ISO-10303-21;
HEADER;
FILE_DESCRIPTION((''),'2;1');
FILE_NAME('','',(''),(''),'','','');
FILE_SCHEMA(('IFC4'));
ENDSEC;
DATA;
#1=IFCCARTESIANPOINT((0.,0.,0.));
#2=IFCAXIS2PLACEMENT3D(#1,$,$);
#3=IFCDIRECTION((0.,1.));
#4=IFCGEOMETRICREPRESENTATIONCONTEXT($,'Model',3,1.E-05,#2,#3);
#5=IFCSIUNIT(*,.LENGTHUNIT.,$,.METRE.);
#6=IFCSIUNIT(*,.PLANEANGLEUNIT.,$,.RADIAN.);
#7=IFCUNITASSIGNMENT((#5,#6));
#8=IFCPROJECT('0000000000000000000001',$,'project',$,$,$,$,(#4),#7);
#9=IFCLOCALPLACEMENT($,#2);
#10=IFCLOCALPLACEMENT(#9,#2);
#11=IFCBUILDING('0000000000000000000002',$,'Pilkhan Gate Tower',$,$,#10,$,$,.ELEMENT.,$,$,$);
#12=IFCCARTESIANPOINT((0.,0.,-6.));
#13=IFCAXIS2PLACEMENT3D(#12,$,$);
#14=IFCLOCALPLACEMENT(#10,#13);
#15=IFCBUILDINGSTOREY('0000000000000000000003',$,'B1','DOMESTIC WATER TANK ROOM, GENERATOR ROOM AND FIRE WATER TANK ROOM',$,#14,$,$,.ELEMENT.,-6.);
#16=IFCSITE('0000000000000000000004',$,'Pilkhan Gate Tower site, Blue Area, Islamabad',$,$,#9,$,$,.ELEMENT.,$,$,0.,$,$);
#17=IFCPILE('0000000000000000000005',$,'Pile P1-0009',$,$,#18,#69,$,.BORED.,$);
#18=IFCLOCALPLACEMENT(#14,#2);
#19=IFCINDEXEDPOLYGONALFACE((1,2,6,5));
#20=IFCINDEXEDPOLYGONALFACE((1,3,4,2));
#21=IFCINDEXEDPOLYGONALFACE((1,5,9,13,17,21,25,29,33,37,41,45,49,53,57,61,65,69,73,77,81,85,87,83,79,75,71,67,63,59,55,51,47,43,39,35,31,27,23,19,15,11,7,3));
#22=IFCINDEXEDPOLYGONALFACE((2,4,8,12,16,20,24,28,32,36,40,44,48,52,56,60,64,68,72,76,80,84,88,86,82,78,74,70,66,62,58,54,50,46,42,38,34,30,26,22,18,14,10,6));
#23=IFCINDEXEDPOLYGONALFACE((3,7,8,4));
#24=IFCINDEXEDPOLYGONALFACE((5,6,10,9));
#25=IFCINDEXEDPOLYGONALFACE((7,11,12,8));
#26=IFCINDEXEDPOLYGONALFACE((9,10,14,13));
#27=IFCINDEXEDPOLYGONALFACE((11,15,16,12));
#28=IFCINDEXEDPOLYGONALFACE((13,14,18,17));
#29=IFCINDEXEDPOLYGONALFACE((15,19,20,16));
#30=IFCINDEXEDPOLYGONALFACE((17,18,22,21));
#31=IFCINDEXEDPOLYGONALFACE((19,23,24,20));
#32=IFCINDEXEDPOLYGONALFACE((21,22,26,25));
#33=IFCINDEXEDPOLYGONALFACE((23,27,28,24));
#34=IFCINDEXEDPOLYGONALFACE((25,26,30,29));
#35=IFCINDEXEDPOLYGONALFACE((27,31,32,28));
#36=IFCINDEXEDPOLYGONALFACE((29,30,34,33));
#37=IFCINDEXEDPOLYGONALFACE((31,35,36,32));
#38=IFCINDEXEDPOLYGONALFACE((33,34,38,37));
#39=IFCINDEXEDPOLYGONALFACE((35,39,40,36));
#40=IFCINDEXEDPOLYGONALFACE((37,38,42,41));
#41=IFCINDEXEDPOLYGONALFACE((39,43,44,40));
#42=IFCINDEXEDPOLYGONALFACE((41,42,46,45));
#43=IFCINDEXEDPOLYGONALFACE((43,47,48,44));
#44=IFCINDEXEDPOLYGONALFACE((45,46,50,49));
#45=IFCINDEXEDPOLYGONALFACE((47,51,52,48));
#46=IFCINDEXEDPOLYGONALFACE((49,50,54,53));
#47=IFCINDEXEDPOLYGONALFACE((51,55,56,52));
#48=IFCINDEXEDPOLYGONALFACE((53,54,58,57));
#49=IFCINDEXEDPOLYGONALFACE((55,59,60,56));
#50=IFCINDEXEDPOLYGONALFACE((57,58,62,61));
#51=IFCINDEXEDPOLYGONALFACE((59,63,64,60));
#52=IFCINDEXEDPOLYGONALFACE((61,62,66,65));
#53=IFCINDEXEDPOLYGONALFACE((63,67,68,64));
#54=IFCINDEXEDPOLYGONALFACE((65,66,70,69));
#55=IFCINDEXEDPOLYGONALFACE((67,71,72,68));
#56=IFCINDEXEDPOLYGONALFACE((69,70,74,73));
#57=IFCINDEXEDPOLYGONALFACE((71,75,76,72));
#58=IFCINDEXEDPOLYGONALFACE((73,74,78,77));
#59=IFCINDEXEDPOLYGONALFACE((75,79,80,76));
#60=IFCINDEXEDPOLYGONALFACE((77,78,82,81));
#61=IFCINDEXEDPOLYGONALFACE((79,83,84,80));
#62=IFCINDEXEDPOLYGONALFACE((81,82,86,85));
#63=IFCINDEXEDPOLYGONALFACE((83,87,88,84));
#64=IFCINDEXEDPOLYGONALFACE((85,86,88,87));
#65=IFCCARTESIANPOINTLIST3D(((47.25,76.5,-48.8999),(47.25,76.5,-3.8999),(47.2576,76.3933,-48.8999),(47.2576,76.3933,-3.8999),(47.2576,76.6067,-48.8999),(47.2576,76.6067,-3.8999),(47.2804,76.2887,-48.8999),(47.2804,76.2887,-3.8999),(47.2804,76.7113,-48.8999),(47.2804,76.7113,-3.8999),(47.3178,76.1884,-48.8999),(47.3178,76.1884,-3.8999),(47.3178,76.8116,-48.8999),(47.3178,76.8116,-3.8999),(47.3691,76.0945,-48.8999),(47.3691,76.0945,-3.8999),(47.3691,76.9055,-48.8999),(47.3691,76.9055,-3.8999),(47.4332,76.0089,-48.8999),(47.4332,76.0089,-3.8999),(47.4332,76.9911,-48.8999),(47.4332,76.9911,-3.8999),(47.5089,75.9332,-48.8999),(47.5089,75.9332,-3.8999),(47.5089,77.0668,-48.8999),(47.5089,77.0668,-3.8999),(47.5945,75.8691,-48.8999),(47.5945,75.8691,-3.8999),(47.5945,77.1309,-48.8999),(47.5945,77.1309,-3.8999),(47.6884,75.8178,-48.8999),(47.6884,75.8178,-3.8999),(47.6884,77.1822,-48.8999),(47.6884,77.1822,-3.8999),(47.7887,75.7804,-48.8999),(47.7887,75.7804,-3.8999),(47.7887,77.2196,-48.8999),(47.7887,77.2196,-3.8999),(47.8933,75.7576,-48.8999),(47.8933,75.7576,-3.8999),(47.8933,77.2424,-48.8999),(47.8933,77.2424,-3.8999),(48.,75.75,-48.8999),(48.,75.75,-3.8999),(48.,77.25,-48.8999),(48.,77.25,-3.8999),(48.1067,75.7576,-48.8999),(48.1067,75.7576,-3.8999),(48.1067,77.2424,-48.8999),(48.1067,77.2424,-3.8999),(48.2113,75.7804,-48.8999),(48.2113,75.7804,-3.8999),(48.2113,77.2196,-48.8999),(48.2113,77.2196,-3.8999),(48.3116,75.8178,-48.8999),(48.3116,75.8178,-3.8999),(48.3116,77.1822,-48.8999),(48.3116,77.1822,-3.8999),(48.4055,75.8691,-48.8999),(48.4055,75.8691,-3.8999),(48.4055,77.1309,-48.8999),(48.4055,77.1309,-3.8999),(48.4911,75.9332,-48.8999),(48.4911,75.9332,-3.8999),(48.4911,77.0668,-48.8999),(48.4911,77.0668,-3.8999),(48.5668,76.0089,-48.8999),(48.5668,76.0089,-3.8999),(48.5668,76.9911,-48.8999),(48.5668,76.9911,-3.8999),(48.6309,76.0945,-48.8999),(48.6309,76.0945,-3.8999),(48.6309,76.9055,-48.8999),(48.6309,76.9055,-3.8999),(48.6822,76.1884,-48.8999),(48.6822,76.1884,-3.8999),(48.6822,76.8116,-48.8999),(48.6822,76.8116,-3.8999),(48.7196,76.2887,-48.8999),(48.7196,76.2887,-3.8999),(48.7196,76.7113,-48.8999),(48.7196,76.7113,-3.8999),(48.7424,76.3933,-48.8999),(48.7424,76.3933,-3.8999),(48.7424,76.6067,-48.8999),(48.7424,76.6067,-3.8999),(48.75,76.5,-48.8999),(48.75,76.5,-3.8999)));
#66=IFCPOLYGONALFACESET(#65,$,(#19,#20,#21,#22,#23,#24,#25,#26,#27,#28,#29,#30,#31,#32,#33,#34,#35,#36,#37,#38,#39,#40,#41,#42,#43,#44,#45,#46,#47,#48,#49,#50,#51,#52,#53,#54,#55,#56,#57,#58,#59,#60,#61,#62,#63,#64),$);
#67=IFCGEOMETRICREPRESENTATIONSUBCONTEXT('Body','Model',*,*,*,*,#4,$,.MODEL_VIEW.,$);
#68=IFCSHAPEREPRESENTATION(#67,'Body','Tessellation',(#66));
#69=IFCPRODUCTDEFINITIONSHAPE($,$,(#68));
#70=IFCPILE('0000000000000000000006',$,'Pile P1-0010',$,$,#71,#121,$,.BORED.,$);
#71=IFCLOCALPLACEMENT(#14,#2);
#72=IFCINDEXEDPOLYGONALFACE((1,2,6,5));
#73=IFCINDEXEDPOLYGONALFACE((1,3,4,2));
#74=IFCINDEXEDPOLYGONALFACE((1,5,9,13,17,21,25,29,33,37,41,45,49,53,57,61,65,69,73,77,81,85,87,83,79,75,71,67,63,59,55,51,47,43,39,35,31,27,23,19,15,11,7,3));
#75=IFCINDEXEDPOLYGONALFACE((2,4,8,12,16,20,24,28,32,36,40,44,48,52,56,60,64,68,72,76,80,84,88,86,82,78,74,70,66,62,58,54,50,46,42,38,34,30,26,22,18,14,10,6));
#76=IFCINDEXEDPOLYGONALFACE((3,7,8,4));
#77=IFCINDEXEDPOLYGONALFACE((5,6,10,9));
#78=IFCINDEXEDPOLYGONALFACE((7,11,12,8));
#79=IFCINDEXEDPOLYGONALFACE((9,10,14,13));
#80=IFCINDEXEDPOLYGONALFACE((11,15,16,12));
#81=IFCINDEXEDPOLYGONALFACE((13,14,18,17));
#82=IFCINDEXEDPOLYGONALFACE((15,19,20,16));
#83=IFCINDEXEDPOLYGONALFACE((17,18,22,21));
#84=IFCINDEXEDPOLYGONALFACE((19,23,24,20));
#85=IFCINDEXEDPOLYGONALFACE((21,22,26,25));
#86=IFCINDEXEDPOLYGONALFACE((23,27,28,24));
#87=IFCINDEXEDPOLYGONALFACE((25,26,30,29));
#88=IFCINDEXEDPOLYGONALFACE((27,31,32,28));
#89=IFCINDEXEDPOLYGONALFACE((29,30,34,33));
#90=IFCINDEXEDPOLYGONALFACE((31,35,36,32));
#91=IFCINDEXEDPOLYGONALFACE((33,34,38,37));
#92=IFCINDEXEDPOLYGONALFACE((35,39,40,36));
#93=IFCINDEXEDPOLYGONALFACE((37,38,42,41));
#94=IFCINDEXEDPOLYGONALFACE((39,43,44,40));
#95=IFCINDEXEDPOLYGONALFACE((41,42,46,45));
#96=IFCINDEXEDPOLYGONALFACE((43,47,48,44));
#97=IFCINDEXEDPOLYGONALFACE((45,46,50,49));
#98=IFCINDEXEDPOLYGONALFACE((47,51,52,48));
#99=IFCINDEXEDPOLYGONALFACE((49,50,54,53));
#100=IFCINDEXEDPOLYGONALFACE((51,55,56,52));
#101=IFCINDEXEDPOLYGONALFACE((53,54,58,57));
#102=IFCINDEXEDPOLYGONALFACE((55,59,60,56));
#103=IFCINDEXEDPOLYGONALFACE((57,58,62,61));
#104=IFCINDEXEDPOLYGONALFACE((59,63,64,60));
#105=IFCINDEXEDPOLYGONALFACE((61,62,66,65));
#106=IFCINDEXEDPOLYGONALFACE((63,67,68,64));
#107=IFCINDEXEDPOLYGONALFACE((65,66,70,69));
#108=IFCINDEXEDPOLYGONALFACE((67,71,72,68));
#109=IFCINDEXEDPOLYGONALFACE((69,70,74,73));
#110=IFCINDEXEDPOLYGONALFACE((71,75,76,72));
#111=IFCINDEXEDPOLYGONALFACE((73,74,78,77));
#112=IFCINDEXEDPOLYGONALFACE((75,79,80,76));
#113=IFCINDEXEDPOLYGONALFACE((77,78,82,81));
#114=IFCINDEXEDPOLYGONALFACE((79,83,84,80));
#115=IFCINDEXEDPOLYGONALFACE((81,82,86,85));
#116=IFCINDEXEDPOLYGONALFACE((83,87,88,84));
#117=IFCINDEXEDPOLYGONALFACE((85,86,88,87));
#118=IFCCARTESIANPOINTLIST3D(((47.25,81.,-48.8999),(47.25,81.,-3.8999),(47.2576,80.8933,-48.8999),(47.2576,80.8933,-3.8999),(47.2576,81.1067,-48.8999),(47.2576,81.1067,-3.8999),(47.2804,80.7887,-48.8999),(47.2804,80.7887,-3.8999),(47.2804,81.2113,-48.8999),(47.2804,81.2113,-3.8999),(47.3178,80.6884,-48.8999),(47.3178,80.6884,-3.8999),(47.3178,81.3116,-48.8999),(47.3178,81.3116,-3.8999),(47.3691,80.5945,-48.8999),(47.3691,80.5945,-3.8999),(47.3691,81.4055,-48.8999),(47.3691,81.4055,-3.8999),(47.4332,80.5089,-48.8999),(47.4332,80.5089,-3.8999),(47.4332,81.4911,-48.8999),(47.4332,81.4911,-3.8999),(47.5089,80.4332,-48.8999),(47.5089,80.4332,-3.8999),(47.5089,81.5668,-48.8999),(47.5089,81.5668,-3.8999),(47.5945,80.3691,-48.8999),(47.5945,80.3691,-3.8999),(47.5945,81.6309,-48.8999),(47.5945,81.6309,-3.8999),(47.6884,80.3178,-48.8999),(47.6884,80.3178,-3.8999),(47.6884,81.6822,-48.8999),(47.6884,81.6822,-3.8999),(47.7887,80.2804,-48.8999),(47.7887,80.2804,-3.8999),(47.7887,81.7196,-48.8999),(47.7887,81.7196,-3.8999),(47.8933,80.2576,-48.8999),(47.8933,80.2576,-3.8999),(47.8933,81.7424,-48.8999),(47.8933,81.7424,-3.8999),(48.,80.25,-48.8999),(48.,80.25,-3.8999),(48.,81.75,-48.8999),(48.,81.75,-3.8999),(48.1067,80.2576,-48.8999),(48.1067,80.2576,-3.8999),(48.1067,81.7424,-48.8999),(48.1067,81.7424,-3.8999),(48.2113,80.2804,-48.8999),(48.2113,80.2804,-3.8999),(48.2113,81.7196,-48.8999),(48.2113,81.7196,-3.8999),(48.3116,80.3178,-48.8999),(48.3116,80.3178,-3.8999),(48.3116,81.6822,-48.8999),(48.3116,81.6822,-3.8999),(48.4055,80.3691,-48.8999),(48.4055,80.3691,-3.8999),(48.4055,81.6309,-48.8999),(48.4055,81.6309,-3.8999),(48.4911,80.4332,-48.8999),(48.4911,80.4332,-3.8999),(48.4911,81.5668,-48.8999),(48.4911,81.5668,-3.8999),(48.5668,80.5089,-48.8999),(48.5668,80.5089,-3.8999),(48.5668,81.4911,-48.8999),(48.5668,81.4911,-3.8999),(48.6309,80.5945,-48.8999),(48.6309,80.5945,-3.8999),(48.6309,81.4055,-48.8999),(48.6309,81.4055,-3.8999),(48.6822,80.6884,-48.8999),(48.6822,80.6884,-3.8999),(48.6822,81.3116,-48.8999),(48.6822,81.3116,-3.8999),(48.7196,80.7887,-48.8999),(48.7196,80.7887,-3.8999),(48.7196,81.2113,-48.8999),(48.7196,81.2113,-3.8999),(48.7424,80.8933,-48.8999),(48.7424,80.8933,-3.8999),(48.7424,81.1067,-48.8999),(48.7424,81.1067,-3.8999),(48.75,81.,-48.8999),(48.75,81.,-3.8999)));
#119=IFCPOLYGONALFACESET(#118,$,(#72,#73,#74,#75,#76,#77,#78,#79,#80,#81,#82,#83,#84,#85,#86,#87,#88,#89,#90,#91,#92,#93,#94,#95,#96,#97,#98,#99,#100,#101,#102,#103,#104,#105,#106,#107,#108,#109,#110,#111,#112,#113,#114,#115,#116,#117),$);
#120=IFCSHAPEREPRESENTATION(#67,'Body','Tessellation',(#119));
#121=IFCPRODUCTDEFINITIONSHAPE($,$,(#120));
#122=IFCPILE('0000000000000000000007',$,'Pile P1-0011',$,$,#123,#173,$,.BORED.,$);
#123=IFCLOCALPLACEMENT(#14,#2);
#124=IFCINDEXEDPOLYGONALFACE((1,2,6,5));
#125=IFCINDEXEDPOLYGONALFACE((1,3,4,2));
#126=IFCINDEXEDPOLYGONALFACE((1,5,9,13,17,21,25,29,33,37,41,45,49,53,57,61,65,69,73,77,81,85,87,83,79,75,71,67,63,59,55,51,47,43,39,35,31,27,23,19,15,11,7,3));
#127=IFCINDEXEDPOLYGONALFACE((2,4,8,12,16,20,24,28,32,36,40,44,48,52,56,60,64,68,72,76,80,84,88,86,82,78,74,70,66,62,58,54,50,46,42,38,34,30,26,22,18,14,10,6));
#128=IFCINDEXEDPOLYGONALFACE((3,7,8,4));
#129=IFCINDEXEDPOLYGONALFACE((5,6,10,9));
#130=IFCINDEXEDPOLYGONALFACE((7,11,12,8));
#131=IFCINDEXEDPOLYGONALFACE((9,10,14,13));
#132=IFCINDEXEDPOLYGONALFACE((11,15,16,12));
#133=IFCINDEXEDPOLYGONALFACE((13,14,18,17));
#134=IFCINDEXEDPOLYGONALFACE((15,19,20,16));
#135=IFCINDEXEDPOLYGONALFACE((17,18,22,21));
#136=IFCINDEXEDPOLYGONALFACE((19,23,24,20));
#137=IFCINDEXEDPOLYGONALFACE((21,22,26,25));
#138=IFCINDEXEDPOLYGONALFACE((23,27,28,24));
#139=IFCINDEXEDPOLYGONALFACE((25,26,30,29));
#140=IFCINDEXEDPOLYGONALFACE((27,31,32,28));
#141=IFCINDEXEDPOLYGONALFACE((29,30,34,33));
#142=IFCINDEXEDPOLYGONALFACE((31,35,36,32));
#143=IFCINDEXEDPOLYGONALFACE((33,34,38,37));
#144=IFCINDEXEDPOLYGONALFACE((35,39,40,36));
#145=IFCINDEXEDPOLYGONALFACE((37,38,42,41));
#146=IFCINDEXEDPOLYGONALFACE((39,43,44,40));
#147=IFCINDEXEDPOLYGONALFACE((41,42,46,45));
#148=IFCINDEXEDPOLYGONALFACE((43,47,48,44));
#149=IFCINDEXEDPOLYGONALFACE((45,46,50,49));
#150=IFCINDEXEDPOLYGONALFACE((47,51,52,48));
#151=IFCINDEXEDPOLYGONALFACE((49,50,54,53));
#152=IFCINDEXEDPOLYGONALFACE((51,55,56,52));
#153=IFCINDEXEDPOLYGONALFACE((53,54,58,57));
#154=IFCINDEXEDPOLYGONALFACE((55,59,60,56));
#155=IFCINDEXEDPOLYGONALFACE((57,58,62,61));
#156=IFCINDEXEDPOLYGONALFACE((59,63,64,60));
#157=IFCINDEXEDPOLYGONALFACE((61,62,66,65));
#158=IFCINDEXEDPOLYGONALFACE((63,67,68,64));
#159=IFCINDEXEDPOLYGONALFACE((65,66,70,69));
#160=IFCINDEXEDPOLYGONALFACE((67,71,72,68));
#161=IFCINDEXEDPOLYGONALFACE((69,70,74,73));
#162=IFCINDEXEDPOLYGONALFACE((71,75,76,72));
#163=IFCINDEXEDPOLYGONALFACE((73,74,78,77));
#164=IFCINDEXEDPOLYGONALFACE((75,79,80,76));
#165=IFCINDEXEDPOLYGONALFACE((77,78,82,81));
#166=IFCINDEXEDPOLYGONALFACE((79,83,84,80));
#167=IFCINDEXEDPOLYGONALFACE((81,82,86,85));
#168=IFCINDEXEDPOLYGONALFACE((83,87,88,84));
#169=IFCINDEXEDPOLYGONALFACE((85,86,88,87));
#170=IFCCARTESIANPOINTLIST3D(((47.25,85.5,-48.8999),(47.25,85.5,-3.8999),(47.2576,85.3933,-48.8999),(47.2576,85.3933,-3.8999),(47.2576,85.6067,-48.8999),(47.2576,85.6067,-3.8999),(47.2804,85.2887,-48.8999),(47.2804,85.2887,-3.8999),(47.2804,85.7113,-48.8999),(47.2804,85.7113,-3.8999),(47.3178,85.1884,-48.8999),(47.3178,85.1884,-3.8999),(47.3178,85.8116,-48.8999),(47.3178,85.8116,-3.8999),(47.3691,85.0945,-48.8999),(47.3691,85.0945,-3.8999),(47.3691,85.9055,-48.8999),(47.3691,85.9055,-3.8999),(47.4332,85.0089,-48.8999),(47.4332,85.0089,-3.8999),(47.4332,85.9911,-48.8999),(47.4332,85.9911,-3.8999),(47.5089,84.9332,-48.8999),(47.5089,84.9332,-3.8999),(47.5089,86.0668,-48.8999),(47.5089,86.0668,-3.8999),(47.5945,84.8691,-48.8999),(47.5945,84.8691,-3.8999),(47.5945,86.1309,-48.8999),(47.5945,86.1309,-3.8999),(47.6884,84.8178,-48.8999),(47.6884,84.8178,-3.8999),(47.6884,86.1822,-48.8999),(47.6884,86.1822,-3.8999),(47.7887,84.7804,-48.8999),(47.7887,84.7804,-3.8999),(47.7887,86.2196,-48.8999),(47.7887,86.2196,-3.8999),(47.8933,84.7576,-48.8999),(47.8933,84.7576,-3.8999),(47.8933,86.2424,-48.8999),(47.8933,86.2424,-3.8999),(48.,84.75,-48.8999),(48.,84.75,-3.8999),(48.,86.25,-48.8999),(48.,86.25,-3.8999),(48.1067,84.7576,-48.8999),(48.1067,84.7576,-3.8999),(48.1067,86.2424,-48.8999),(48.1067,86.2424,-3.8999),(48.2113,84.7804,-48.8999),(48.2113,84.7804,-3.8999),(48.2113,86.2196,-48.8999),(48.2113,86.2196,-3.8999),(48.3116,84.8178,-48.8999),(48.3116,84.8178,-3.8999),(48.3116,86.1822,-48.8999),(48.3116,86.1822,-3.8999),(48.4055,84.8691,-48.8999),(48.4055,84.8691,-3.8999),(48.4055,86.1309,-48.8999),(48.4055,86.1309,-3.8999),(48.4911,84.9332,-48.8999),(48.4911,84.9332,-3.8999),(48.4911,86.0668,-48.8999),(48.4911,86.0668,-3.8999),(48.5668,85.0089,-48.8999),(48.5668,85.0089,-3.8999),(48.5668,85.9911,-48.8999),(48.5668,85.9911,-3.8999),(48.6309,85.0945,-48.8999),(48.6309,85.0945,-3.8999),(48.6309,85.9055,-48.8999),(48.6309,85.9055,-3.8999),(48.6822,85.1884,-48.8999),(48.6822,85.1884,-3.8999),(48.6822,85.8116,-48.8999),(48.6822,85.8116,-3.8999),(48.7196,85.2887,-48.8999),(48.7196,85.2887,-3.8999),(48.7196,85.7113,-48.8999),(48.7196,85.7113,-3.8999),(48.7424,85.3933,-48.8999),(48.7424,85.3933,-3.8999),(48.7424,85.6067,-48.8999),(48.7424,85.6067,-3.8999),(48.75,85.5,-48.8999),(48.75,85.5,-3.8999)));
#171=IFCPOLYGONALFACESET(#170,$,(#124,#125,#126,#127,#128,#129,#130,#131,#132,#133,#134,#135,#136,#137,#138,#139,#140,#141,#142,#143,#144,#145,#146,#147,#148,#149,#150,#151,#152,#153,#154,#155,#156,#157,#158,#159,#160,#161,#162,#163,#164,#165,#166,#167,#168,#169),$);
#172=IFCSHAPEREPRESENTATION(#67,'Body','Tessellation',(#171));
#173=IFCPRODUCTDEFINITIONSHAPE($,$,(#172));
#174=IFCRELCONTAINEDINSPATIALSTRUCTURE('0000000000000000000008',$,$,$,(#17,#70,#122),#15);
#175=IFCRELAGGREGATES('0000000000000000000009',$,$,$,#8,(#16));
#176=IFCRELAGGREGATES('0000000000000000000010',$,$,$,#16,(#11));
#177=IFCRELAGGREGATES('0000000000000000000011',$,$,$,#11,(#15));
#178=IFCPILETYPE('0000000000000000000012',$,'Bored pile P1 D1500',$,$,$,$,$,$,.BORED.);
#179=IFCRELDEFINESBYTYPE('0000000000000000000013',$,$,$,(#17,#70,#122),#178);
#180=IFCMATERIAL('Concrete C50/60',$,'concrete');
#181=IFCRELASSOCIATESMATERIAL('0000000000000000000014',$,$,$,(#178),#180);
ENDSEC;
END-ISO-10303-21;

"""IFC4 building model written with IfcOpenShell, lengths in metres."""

from ifc_helpers import new_model, si_unit, direction, frame, origin, origin_2d, place, context, subcontext, project, spatial, circle, extrude, material, material_profile, profile_set, type_object, element, save


model = new_model("IFC4")

# Units and contexts
model_context = context("Model", 3, precision=1e-05, world=origin(), true_north=direction((0.0, 1.0)))
body_context = subcontext(model_context, "Body", "Model", "MODEL_VIEW")
ifc_project = project(units=[si_unit("LENGTHUNIT", "METRE"), si_unit("PLANEANGLEUNIT", "RADIAN")], contexts=[model_context])

# Site, building, storey
site_placement = place(None, origin())
site = spatial("IfcSite", under=ifc_project, at=site_placement, Name="Pilkhan Gate Tower site, Blue Area, Islamabad", CompositionType="ELEMENT", RefElevation=0.0)
building_placement = place(site_placement, origin())
building = spatial("IfcBuilding", under=site, at=building_placement, Name="Pilkhan Gate Tower", CompositionType="ELEMENT")
storey_placement = place(building_placement, frame((0.0, 0.0, -6.0)))
storey = spatial("IfcBuildingStorey", under=building, at=storey_placement, Name="B1", Description="DOMESTIC WATER TANK ROOM, GENERATOR ROOM AND FIRE WATER TANK ROOM", CompositionType="ELEMENT", Elevation=-6.0)

# Piles
ifc_material_1 = material(Name="Concrete C50/60", Category="concrete")
ifc_material_profile_1 = material_profile(ifc_material_1, circle(Radius=0.75, at=origin_2d()), Name="Bored pile 1500 dia")
ifc_profile_set_1 = profile_set([ifc_material_profile_1], Name="Concrete C50/60")
pile_type = type_object("IfcPileType", Name="Bored pile P1 D1500", PredefinedType="BORED", material=ifc_profile_set_1)
for number, where, z_axis, x_axis, name in (
    (1, (48.0, 76.5, -3.8999), (0.0, 0.0, -1.0), (1.0, 0.0, 0.0), "Pile P1-0009"),
    (2, (48.0, 81.0, -3.8999), (0.0, 0.0, -1.0), (1.0, 0.0, 0.0), "Pile P1-0010"),
    (3, (48.0, 85.5, -3.8999), (0.0, 0.0, -1.0), (1.0, 0.0, 0.0), "Pile P1-0011"),
):
    element("IfcPile", number, at=place(storey_placement, frame(where, z_axis=z_axis, x_axis=x_axis)), inside=storey, type_object=pile_type, Name=name, PredefinedType="BORED", context=body_context, shape_type="SweptSolid", body=[
        extrude(circle(Radius=0.75, at=origin_2d()), origin(), (0.0, 0.0, 1.0), 45.0),
    ])

save(model, "model.ifc")
